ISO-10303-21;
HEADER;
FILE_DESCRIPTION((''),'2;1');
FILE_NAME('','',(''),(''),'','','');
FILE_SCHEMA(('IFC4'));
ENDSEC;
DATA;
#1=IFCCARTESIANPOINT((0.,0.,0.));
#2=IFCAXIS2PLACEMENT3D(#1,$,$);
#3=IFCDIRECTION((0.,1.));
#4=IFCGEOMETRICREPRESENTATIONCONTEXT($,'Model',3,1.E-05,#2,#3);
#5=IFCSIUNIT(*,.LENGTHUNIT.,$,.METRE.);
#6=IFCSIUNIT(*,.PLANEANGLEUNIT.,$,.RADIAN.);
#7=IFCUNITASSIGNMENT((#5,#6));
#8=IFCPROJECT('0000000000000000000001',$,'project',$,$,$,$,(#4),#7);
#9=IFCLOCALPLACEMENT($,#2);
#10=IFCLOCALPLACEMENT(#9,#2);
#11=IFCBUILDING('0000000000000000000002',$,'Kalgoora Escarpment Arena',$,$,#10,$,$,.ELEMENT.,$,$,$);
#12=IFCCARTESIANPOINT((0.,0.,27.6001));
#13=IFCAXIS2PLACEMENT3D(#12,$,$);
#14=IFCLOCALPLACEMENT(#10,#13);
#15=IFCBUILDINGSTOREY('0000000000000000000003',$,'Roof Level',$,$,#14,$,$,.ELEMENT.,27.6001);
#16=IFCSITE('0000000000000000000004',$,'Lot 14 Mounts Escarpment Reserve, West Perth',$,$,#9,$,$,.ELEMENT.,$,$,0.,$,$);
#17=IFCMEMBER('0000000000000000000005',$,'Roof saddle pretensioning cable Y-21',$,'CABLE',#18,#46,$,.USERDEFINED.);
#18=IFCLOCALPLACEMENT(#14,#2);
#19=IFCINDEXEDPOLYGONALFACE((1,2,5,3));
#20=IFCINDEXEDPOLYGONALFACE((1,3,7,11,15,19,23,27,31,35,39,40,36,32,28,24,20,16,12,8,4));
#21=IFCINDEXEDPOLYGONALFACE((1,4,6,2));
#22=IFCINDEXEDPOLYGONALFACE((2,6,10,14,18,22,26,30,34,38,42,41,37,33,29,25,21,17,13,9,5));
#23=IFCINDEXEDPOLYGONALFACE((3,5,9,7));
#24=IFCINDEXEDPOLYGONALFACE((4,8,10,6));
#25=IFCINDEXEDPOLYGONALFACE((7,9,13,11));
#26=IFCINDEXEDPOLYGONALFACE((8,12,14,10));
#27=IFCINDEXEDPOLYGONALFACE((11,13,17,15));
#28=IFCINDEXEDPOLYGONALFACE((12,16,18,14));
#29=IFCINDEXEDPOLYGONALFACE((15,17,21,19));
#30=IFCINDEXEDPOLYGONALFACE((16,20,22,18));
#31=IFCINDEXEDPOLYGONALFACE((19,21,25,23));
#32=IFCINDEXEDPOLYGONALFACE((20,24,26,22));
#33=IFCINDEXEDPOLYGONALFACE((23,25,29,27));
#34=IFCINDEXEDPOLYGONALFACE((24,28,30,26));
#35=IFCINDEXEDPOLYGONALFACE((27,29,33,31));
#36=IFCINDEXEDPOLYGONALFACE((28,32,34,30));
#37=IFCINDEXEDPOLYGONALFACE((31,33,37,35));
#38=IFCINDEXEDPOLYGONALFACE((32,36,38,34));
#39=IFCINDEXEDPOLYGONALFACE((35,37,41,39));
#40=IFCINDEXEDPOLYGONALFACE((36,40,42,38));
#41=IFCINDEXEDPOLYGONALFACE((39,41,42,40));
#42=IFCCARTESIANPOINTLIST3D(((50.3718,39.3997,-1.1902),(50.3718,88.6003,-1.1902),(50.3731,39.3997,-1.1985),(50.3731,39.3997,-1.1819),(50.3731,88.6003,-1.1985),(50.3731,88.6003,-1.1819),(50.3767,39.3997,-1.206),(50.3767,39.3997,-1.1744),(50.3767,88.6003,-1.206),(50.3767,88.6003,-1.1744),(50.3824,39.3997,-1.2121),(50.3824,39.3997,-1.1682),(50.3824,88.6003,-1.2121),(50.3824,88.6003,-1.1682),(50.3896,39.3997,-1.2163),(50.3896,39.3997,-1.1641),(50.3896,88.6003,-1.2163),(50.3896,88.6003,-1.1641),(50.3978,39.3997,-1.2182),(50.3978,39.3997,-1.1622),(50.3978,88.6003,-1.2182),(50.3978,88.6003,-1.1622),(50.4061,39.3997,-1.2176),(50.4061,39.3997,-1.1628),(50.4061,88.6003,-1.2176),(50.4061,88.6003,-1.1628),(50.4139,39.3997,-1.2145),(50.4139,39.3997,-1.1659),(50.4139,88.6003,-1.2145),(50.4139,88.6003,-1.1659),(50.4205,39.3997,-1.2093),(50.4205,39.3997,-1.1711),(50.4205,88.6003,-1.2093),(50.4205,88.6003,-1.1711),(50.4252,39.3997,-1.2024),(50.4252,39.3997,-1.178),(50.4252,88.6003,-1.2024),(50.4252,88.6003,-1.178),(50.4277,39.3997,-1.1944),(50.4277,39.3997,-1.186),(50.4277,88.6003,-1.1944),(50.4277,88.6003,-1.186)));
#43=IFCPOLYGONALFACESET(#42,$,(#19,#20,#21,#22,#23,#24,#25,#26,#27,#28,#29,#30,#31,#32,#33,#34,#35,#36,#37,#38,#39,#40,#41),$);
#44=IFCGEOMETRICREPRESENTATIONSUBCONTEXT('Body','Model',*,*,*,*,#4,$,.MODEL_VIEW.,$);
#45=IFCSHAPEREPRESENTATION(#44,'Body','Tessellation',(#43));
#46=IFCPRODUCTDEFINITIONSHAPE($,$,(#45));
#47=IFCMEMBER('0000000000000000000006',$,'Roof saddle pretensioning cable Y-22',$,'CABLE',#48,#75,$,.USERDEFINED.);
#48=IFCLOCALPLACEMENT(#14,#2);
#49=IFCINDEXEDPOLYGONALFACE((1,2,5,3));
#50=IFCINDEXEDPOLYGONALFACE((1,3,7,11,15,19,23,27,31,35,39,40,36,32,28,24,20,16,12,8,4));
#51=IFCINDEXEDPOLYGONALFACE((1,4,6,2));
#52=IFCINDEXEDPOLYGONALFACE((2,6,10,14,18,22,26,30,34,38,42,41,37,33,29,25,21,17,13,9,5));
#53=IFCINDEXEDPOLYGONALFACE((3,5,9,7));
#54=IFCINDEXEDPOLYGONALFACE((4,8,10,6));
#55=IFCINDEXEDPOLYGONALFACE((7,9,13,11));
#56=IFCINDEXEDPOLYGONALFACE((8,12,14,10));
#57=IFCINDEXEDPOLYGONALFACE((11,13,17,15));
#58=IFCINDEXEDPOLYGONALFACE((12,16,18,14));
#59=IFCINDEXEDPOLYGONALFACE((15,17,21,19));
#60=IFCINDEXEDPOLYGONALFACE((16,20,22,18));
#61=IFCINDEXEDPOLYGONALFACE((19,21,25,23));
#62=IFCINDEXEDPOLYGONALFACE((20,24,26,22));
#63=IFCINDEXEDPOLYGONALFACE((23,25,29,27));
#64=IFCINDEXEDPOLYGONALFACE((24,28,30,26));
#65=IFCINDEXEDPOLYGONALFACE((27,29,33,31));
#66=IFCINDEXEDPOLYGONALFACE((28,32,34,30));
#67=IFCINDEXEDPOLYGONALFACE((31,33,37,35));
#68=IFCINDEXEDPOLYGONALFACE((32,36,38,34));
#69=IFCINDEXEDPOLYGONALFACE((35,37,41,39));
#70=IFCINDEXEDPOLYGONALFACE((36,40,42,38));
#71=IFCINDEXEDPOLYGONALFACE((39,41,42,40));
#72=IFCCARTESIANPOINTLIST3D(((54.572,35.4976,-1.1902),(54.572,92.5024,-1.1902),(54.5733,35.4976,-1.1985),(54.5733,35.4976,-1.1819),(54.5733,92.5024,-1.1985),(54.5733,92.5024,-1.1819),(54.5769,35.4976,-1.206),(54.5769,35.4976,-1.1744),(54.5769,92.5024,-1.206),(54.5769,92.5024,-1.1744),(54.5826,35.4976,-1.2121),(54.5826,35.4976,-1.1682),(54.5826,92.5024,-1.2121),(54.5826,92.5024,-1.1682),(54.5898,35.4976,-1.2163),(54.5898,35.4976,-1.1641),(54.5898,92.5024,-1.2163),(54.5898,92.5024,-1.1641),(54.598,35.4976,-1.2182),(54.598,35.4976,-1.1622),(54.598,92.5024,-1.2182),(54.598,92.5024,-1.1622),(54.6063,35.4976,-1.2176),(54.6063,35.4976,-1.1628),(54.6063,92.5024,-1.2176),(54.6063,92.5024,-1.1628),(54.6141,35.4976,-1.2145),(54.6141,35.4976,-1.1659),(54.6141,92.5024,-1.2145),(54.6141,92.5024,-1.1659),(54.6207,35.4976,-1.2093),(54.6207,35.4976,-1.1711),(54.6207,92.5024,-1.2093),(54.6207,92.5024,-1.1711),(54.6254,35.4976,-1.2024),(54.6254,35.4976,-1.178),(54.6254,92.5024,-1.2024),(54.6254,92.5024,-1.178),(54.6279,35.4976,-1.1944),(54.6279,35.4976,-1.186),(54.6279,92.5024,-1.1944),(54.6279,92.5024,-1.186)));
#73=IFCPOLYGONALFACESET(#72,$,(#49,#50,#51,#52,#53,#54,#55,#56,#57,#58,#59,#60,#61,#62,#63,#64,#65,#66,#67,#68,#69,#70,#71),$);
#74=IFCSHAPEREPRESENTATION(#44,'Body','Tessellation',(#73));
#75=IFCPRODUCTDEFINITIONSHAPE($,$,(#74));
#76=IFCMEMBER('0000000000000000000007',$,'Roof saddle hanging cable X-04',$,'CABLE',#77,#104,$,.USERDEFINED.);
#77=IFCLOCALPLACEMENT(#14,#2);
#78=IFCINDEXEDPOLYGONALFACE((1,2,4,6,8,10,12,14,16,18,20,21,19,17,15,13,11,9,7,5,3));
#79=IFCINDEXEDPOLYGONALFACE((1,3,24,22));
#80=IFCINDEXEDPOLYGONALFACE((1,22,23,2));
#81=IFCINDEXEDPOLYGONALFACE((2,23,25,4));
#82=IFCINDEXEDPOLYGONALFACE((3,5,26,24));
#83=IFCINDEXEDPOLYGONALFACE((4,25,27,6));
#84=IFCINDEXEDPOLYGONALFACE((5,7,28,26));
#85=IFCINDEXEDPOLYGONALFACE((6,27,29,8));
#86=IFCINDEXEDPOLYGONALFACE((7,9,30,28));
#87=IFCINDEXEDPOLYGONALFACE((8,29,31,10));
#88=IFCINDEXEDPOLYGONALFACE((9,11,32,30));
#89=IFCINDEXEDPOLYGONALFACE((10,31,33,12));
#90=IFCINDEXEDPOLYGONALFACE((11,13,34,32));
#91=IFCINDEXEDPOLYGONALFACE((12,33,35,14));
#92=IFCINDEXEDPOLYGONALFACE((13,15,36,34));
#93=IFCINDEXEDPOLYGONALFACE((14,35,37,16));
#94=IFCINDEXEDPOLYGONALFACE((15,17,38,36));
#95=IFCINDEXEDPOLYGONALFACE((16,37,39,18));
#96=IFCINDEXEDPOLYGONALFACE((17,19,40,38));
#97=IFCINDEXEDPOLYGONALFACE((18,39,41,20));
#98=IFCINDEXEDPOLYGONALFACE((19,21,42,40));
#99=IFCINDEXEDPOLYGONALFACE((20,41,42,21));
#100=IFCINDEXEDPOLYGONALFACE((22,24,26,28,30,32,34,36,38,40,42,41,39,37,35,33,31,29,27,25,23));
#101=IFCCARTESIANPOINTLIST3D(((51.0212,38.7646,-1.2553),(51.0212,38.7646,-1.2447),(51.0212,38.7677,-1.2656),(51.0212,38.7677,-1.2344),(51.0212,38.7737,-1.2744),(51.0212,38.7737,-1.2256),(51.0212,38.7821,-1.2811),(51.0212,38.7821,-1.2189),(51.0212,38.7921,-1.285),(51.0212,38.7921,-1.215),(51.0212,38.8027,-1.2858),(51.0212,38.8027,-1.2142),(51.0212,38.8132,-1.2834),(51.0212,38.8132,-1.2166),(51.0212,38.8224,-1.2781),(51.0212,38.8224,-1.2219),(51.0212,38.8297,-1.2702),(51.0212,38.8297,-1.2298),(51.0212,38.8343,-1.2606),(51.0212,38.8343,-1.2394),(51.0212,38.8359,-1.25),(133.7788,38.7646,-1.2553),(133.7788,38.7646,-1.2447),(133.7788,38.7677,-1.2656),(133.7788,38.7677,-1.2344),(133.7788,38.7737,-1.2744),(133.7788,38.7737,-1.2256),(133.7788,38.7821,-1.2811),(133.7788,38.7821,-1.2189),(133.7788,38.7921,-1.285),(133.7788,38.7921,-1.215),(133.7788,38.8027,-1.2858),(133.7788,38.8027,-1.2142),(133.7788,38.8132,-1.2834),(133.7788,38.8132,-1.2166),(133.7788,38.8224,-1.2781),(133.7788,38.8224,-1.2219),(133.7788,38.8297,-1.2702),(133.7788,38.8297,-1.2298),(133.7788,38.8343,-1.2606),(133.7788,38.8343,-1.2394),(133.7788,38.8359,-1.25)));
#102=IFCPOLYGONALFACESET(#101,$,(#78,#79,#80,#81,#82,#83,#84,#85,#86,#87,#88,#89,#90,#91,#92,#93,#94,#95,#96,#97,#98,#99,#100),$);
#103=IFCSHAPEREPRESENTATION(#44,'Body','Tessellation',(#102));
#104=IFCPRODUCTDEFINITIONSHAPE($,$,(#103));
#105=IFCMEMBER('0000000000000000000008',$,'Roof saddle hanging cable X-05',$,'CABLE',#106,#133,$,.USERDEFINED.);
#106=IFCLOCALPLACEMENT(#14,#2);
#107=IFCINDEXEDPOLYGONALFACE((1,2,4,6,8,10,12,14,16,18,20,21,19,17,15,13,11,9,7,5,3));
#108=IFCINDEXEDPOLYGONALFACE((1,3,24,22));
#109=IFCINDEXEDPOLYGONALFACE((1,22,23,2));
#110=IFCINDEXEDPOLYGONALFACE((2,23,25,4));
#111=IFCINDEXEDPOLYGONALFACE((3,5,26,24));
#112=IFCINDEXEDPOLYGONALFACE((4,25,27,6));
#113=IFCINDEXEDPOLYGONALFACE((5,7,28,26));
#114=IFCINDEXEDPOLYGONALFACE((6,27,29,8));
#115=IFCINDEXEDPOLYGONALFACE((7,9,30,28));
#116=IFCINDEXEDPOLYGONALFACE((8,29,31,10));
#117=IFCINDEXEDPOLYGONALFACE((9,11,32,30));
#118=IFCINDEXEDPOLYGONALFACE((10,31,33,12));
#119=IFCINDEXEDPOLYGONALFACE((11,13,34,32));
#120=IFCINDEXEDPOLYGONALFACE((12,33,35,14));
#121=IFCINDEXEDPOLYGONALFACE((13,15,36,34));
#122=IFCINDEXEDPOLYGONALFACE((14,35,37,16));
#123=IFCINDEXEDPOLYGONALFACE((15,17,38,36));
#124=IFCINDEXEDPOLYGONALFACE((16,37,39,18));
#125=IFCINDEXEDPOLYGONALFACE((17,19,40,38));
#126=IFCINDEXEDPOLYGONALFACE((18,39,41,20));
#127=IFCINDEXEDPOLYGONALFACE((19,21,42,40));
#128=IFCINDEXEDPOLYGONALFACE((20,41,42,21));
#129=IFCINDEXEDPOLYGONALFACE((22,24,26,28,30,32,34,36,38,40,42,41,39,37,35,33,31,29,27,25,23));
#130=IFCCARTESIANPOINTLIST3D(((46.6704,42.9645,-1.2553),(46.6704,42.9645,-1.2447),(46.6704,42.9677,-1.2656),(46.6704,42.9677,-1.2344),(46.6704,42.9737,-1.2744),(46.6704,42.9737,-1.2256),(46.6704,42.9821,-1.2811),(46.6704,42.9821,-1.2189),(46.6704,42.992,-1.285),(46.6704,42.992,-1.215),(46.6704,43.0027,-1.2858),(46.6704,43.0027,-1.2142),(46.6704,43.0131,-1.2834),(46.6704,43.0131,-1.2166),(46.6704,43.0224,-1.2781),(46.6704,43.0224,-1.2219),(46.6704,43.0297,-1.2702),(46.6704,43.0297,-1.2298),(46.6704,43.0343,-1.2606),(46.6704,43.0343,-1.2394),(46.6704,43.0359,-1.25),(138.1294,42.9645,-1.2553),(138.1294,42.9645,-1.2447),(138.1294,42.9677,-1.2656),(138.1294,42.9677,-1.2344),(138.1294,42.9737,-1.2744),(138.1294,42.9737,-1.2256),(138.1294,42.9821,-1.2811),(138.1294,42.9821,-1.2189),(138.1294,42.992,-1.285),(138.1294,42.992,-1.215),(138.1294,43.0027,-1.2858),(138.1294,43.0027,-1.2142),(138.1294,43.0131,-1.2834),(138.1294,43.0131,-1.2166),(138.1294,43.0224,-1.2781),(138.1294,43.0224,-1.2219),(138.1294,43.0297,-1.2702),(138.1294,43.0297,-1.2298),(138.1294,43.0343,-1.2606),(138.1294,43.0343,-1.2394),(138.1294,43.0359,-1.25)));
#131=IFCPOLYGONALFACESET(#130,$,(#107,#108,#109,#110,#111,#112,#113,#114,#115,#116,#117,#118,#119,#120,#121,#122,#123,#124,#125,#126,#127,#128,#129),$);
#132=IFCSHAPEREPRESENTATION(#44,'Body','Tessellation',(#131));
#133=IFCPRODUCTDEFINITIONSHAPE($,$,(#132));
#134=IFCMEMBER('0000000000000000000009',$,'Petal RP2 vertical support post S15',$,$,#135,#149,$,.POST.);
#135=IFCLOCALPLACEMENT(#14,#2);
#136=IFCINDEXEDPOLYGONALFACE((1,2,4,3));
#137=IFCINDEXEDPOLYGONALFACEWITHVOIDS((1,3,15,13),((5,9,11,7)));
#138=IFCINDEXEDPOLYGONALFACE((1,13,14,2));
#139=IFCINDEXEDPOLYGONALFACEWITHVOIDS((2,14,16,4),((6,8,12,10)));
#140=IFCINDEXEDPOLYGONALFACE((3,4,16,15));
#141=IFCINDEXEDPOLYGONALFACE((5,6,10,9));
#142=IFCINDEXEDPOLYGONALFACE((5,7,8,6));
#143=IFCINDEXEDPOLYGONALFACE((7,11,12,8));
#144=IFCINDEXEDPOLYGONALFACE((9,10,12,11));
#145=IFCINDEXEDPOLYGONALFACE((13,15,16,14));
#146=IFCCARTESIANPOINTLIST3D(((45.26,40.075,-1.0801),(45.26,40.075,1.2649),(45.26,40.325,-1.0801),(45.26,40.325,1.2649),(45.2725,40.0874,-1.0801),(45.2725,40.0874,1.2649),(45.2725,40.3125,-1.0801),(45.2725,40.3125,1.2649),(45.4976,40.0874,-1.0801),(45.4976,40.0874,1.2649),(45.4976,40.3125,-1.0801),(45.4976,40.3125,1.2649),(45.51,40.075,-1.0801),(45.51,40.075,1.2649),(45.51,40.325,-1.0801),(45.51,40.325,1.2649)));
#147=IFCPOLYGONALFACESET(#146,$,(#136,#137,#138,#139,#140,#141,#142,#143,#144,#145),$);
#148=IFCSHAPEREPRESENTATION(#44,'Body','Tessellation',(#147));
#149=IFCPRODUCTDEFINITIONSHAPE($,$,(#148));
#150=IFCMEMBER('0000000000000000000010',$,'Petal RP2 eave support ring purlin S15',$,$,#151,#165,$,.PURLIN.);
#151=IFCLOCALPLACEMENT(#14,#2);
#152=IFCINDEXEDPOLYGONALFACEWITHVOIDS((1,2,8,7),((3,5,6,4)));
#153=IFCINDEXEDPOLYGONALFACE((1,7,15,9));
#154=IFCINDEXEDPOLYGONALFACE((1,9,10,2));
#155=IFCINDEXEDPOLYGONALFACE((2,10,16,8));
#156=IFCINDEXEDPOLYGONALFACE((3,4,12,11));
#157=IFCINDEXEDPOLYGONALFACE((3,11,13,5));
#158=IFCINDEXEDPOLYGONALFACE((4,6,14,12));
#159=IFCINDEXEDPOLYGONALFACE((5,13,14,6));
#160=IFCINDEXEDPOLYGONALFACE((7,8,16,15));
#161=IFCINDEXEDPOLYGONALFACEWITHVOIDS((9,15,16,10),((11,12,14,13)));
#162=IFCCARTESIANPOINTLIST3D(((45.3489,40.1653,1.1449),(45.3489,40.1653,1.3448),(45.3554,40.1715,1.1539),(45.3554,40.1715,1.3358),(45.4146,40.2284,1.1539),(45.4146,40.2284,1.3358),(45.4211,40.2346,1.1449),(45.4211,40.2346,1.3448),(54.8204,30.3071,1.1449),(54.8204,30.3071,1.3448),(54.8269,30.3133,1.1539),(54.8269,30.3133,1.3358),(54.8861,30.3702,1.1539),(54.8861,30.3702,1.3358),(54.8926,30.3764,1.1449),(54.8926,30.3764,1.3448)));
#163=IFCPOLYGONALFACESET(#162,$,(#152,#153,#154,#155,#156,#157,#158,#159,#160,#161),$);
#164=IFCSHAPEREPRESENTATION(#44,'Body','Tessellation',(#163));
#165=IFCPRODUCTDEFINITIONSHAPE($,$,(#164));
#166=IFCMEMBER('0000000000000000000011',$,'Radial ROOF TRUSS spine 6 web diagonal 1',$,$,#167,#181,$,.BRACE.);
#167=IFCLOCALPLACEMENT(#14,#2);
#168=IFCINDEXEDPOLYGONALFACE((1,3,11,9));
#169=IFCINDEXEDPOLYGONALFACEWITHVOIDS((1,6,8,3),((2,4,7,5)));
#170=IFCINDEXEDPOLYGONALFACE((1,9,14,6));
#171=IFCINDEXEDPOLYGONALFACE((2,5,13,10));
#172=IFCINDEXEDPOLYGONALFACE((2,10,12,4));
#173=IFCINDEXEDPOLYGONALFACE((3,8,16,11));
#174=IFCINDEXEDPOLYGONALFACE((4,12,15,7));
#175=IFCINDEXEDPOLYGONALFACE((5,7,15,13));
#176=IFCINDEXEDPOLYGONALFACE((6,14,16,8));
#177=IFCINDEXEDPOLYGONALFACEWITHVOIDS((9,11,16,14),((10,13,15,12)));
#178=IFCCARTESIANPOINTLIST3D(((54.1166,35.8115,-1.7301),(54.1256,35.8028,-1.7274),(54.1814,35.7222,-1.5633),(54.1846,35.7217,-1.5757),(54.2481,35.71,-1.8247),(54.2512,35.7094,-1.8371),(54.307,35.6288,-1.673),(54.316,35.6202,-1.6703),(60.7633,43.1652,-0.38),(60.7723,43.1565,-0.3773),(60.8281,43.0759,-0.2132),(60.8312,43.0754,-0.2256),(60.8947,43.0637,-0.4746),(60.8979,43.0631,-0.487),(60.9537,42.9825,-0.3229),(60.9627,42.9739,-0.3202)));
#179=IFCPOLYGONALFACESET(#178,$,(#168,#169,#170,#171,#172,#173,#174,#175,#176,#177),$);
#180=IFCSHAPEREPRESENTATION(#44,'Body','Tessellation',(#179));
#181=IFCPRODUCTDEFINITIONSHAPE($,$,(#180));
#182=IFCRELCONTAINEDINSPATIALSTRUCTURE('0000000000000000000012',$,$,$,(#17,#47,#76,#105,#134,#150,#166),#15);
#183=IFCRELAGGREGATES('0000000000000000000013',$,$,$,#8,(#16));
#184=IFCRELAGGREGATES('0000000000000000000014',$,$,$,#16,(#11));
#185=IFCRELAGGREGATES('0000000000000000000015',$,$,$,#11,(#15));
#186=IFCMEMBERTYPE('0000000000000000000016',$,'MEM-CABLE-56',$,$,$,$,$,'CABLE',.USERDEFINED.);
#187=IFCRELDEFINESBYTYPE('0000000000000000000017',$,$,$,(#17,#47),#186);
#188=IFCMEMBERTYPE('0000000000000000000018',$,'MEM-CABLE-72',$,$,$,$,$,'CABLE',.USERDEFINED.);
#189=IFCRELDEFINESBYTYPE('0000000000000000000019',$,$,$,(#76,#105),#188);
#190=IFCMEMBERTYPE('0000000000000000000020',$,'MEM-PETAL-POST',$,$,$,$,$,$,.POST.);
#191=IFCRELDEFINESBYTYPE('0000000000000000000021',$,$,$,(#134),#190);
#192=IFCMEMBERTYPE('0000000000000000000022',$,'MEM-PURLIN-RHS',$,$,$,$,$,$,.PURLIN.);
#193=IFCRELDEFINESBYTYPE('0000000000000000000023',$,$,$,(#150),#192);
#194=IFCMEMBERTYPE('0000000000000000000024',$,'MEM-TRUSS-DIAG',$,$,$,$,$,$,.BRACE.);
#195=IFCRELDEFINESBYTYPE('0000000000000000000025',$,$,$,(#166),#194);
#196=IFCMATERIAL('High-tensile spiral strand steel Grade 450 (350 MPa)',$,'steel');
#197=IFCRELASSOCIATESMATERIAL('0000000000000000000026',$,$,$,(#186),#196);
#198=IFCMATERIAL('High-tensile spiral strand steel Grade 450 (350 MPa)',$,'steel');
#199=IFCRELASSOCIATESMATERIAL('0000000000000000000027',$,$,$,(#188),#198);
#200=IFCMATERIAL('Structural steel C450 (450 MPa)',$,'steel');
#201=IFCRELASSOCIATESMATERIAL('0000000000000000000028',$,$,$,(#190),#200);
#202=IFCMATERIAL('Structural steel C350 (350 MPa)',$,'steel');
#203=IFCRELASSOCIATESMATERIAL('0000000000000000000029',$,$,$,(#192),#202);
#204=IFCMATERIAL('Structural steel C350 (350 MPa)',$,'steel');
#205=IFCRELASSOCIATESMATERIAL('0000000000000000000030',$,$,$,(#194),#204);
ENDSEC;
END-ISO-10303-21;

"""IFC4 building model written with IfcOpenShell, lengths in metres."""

from ifc_helpers import new_model, si_unit, direction, frame, origin, origin_2d, place, context, subcontext, project, spatial, hollow_rectangle, circle, extrude, material, material_profile, profile_set, type_object, element, save


model = new_model("IFC4")

# Units and contexts
model_context = context("Model", 3, precision=1e-05, world=origin(), true_north=direction((0.0, 1.0)))
body_context = subcontext(model_context, "Body", "Model", "MODEL_VIEW")
ifc_project = project(units=[si_unit("LENGTHUNIT", "METRE"), si_unit("PLANEANGLEUNIT", "RADIAN")], contexts=[model_context])

# Site, building, storey
site_placement = place(None, origin())
site = spatial("IfcSite", under=ifc_project, at=site_placement, Name="Lot 14 Mounts Escarpment Reserve, West Perth", CompositionType="ELEMENT", RefElevation=0.0)
building_placement = place(site_placement, origin())
building = spatial("IfcBuilding", under=site, at=building_placement, Name="Kalgoora Escarpment Arena", CompositionType="ELEMENT")
storey_placement = place(building_placement, frame((0.0, 0.0, 27.6001)))
storey = spatial("IfcBuildingStorey", under=building, at=storey_placement, Name="Roof Level", CompositionType="ELEMENT", Elevation=27.6001)

# Members
ifc_material_1 = material(Name="High-tensile spiral strand steel Grade 450 (350 MPa)", Category="steel")
ifc_material_profile_1 = material_profile(ifc_material_1, circle(Radius=0.0281, at=origin_2d()))
ifc_profile_set_1 = profile_set([ifc_material_profile_1], Name="High-tensile spiral strand steel Grade 450 (350 MPa)")
member_type_1 = type_object("IfcMemberType", Name="MEM-CABLE-56", ElementType="CABLE", PredefinedType="USERDEFINED", material=ifc_profile_set_1)
member_1_placement = place(storey_placement, frame((50.3999, 39.3997, -1.1902), z_axis=(0.0, 1.0, 0.0), x_axis=(-1.0, 0.0, 0.0)))
element("IfcMember", 1, at=member_1_placement, inside=storey, type_object=member_type_1, Name="Roof saddle pretensioning cable Y-21", ObjectType="CABLE", PredefinedType="USERDEFINED", context=body_context, shape_type="SweptSolid", body=[
    extrude(circle(Radius=0.0281, at=origin_2d()), origin(), (0.0, 0.0, 1.0), 49.2007),
])
member_2_placement = place(storey_placement, frame((54.6001, 35.4976, -1.1902), z_axis=(0.0, 1.0, 0.0), x_axis=(-1.0, 0.0, 0.0)))
element("IfcMember", 2, at=member_2_placement, inside=storey, type_object=member_type_1, Name="Roof saddle pretensioning cable Y-22", ObjectType="CABLE", PredefinedType="USERDEFINED", context=body_context, shape_type="SweptSolid", body=[
    extrude(circle(Radius=0.0281, at=origin_2d()), origin(), (0.0, 0.0, 1.0), 57.0049),
])
ifc_material_2 = material(Name="High-tensile spiral strand steel Grade 450 (350 MPa)", Category="steel")
ifc_material_profile_2 = material_profile(ifc_material_2, circle(Radius=0.0359, at=origin_2d()))
ifc_profile_set_2 = profile_set([ifc_material_profile_2], Name="High-tensile spiral strand steel Grade 450 (350 MPa)")
member_type_2 = type_object("IfcMemberType", Name="MEM-CABLE-72", ElementType="CABLE", PredefinedType="USERDEFINED", material=ifc_profile_set_2)
member_3_placement = place(storey_placement, frame((51.0212, 38.8, -1.25), z_axis=(1.0, 0.0, 0.0), x_axis=(0.0, 1.0, 0.0)))
element("IfcMember", 3, at=member_3_placement, inside=storey, type_object=member_type_2, Name="Roof saddle hanging cable X-04", ObjectType="CABLE", PredefinedType="USERDEFINED", context=body_context, shape_type="SweptSolid", body=[
    extrude(circle(Radius=0.0359, at=origin_2d()), origin(), (0.0, 0.0, 1.0), 82.7576),
])
member_4_placement = place(storey_placement, frame((46.6704, 43.0, -1.25), z_axis=(1.0, 0.0, 0.0), x_axis=(0.0, 1.0, 0.0)))
element("IfcMember", 4, at=member_4_placement, inside=storey, type_object=member_type_2, Name="Roof saddle hanging cable X-05", ObjectType="CABLE", PredefinedType="USERDEFINED", context=body_context, shape_type="SweptSolid", body=[
    extrude(circle(Radius=0.0359, at=origin_2d()), origin(), (0.0, 0.0, 1.0), 91.459),
])
ifc_material_3 = material(Name="Structural steel C450 (450 MPa)", Category="steel")
ifc_material_profile_3 = material_profile(ifc_material_3, hollow_rectangle(XDim=0.25, YDim=0.25, WallThickness=0.0125, at=origin_2d()))
ifc_profile_set_3 = profile_set([ifc_material_profile_3], Name="Structural steel C450 (450 MPa)")
member_type_3 = type_object("IfcMemberType", Name="MEM-PETAL-POST", PredefinedType="POST", material=ifc_profile_set_3)
member_5_placement = place(storey_placement, frame((45.385, 40.2, -1.0801), z_axis=(0.0, 0.0, 1.0), x_axis=(1.0, 0.0, 0.0)))
element("IfcMember", 5, at=member_5_placement, inside=storey, type_object=member_type_3, Name="Petal RP2 vertical support post S15", PredefinedType="POST", context=body_context, shape_type="SweptSolid", body=[
    extrude(hollow_rectangle(XDim=0.25, YDim=0.25, WallThickness=0.0125, at=origin_2d()), origin(), (0.0, 0.0, 1.0), 2.345),
])
ifc_material_4 = material(Name="Structural steel C350 (350 MPa)", Category="steel")
ifc_material_profile_4 = material_profile(ifc_material_4, hollow_rectangle(XDim=0.1001, YDim=0.2, WallThickness=0.009, at=origin_2d()))
ifc_profile_set_4 = profile_set([ifc_material_profile_4], Name="Structural steel C350 (350 MPa)")
member_type_4 = type_object("IfcMemberType", Name="MEM-PURLIN-RHS", PredefinedType="PURLIN", material=ifc_profile_set_4)
member_6_placement = place(storey_placement, frame((45.385, 40.2, 1.2449), z_axis=(0.692821, -0.721109, 0.0), x_axis=(0.721109, 0.692821, 0.0)))
element("IfcMember", 6, at=member_6_placement, inside=storey, type_object=member_type_4, Name="Petal RP2 eave support ring purlin S15", PredefinedType="PURLIN", context=body_context, shape_type="SweptSolid", body=[
    extrude(hollow_rectangle(XDim=0.1001, YDim=0.2, WallThickness=0.009, at=origin_2d()), origin(), (0.0, 0.0, 1.0), 13.6709),
])
ifc_material_5 = material(Name="Structural steel C350 (350 MPa)", Category="steel")
ifc_material_profile_5 = material_profile(ifc_material_5, hollow_rectangle(XDim=0.2, YDim=0.2, WallThickness=0.009, at=origin_2d()))
ifc_profile_set_5 = profile_set([ifc_material_profile_5], Name="Structural steel C350 (350 MPa)")
member_type_5 = type_object("IfcMemberType", Name="MEM-TRUSS-DIAG", PredefinedType="BRACE", material=ifc_profile_set_5)
member_7_placement = place(storey_placement, frame((54.2163, 35.7158, -1.7002), z_axis=(0.664409, 0.735084, 0.134956), x_axis=(-0.67335, 0.510414, 0.534861)))
element("IfcMember", 7, at=member_7_placement, inside=storey, type_object=member_type_5, Name="Radial ROOF TRUSS spine 6 web diagonal 1", PredefinedType="BRACE", context=body_context, shape_type="SweptSolid", body=[
    extrude(hollow_rectangle(XDim=0.2, YDim=0.2, WallThickness=0.009, at=origin_2d()), origin(), (0.0, 0.0, 1.0), 10.0039),
])

save(model, "model.ifc")
